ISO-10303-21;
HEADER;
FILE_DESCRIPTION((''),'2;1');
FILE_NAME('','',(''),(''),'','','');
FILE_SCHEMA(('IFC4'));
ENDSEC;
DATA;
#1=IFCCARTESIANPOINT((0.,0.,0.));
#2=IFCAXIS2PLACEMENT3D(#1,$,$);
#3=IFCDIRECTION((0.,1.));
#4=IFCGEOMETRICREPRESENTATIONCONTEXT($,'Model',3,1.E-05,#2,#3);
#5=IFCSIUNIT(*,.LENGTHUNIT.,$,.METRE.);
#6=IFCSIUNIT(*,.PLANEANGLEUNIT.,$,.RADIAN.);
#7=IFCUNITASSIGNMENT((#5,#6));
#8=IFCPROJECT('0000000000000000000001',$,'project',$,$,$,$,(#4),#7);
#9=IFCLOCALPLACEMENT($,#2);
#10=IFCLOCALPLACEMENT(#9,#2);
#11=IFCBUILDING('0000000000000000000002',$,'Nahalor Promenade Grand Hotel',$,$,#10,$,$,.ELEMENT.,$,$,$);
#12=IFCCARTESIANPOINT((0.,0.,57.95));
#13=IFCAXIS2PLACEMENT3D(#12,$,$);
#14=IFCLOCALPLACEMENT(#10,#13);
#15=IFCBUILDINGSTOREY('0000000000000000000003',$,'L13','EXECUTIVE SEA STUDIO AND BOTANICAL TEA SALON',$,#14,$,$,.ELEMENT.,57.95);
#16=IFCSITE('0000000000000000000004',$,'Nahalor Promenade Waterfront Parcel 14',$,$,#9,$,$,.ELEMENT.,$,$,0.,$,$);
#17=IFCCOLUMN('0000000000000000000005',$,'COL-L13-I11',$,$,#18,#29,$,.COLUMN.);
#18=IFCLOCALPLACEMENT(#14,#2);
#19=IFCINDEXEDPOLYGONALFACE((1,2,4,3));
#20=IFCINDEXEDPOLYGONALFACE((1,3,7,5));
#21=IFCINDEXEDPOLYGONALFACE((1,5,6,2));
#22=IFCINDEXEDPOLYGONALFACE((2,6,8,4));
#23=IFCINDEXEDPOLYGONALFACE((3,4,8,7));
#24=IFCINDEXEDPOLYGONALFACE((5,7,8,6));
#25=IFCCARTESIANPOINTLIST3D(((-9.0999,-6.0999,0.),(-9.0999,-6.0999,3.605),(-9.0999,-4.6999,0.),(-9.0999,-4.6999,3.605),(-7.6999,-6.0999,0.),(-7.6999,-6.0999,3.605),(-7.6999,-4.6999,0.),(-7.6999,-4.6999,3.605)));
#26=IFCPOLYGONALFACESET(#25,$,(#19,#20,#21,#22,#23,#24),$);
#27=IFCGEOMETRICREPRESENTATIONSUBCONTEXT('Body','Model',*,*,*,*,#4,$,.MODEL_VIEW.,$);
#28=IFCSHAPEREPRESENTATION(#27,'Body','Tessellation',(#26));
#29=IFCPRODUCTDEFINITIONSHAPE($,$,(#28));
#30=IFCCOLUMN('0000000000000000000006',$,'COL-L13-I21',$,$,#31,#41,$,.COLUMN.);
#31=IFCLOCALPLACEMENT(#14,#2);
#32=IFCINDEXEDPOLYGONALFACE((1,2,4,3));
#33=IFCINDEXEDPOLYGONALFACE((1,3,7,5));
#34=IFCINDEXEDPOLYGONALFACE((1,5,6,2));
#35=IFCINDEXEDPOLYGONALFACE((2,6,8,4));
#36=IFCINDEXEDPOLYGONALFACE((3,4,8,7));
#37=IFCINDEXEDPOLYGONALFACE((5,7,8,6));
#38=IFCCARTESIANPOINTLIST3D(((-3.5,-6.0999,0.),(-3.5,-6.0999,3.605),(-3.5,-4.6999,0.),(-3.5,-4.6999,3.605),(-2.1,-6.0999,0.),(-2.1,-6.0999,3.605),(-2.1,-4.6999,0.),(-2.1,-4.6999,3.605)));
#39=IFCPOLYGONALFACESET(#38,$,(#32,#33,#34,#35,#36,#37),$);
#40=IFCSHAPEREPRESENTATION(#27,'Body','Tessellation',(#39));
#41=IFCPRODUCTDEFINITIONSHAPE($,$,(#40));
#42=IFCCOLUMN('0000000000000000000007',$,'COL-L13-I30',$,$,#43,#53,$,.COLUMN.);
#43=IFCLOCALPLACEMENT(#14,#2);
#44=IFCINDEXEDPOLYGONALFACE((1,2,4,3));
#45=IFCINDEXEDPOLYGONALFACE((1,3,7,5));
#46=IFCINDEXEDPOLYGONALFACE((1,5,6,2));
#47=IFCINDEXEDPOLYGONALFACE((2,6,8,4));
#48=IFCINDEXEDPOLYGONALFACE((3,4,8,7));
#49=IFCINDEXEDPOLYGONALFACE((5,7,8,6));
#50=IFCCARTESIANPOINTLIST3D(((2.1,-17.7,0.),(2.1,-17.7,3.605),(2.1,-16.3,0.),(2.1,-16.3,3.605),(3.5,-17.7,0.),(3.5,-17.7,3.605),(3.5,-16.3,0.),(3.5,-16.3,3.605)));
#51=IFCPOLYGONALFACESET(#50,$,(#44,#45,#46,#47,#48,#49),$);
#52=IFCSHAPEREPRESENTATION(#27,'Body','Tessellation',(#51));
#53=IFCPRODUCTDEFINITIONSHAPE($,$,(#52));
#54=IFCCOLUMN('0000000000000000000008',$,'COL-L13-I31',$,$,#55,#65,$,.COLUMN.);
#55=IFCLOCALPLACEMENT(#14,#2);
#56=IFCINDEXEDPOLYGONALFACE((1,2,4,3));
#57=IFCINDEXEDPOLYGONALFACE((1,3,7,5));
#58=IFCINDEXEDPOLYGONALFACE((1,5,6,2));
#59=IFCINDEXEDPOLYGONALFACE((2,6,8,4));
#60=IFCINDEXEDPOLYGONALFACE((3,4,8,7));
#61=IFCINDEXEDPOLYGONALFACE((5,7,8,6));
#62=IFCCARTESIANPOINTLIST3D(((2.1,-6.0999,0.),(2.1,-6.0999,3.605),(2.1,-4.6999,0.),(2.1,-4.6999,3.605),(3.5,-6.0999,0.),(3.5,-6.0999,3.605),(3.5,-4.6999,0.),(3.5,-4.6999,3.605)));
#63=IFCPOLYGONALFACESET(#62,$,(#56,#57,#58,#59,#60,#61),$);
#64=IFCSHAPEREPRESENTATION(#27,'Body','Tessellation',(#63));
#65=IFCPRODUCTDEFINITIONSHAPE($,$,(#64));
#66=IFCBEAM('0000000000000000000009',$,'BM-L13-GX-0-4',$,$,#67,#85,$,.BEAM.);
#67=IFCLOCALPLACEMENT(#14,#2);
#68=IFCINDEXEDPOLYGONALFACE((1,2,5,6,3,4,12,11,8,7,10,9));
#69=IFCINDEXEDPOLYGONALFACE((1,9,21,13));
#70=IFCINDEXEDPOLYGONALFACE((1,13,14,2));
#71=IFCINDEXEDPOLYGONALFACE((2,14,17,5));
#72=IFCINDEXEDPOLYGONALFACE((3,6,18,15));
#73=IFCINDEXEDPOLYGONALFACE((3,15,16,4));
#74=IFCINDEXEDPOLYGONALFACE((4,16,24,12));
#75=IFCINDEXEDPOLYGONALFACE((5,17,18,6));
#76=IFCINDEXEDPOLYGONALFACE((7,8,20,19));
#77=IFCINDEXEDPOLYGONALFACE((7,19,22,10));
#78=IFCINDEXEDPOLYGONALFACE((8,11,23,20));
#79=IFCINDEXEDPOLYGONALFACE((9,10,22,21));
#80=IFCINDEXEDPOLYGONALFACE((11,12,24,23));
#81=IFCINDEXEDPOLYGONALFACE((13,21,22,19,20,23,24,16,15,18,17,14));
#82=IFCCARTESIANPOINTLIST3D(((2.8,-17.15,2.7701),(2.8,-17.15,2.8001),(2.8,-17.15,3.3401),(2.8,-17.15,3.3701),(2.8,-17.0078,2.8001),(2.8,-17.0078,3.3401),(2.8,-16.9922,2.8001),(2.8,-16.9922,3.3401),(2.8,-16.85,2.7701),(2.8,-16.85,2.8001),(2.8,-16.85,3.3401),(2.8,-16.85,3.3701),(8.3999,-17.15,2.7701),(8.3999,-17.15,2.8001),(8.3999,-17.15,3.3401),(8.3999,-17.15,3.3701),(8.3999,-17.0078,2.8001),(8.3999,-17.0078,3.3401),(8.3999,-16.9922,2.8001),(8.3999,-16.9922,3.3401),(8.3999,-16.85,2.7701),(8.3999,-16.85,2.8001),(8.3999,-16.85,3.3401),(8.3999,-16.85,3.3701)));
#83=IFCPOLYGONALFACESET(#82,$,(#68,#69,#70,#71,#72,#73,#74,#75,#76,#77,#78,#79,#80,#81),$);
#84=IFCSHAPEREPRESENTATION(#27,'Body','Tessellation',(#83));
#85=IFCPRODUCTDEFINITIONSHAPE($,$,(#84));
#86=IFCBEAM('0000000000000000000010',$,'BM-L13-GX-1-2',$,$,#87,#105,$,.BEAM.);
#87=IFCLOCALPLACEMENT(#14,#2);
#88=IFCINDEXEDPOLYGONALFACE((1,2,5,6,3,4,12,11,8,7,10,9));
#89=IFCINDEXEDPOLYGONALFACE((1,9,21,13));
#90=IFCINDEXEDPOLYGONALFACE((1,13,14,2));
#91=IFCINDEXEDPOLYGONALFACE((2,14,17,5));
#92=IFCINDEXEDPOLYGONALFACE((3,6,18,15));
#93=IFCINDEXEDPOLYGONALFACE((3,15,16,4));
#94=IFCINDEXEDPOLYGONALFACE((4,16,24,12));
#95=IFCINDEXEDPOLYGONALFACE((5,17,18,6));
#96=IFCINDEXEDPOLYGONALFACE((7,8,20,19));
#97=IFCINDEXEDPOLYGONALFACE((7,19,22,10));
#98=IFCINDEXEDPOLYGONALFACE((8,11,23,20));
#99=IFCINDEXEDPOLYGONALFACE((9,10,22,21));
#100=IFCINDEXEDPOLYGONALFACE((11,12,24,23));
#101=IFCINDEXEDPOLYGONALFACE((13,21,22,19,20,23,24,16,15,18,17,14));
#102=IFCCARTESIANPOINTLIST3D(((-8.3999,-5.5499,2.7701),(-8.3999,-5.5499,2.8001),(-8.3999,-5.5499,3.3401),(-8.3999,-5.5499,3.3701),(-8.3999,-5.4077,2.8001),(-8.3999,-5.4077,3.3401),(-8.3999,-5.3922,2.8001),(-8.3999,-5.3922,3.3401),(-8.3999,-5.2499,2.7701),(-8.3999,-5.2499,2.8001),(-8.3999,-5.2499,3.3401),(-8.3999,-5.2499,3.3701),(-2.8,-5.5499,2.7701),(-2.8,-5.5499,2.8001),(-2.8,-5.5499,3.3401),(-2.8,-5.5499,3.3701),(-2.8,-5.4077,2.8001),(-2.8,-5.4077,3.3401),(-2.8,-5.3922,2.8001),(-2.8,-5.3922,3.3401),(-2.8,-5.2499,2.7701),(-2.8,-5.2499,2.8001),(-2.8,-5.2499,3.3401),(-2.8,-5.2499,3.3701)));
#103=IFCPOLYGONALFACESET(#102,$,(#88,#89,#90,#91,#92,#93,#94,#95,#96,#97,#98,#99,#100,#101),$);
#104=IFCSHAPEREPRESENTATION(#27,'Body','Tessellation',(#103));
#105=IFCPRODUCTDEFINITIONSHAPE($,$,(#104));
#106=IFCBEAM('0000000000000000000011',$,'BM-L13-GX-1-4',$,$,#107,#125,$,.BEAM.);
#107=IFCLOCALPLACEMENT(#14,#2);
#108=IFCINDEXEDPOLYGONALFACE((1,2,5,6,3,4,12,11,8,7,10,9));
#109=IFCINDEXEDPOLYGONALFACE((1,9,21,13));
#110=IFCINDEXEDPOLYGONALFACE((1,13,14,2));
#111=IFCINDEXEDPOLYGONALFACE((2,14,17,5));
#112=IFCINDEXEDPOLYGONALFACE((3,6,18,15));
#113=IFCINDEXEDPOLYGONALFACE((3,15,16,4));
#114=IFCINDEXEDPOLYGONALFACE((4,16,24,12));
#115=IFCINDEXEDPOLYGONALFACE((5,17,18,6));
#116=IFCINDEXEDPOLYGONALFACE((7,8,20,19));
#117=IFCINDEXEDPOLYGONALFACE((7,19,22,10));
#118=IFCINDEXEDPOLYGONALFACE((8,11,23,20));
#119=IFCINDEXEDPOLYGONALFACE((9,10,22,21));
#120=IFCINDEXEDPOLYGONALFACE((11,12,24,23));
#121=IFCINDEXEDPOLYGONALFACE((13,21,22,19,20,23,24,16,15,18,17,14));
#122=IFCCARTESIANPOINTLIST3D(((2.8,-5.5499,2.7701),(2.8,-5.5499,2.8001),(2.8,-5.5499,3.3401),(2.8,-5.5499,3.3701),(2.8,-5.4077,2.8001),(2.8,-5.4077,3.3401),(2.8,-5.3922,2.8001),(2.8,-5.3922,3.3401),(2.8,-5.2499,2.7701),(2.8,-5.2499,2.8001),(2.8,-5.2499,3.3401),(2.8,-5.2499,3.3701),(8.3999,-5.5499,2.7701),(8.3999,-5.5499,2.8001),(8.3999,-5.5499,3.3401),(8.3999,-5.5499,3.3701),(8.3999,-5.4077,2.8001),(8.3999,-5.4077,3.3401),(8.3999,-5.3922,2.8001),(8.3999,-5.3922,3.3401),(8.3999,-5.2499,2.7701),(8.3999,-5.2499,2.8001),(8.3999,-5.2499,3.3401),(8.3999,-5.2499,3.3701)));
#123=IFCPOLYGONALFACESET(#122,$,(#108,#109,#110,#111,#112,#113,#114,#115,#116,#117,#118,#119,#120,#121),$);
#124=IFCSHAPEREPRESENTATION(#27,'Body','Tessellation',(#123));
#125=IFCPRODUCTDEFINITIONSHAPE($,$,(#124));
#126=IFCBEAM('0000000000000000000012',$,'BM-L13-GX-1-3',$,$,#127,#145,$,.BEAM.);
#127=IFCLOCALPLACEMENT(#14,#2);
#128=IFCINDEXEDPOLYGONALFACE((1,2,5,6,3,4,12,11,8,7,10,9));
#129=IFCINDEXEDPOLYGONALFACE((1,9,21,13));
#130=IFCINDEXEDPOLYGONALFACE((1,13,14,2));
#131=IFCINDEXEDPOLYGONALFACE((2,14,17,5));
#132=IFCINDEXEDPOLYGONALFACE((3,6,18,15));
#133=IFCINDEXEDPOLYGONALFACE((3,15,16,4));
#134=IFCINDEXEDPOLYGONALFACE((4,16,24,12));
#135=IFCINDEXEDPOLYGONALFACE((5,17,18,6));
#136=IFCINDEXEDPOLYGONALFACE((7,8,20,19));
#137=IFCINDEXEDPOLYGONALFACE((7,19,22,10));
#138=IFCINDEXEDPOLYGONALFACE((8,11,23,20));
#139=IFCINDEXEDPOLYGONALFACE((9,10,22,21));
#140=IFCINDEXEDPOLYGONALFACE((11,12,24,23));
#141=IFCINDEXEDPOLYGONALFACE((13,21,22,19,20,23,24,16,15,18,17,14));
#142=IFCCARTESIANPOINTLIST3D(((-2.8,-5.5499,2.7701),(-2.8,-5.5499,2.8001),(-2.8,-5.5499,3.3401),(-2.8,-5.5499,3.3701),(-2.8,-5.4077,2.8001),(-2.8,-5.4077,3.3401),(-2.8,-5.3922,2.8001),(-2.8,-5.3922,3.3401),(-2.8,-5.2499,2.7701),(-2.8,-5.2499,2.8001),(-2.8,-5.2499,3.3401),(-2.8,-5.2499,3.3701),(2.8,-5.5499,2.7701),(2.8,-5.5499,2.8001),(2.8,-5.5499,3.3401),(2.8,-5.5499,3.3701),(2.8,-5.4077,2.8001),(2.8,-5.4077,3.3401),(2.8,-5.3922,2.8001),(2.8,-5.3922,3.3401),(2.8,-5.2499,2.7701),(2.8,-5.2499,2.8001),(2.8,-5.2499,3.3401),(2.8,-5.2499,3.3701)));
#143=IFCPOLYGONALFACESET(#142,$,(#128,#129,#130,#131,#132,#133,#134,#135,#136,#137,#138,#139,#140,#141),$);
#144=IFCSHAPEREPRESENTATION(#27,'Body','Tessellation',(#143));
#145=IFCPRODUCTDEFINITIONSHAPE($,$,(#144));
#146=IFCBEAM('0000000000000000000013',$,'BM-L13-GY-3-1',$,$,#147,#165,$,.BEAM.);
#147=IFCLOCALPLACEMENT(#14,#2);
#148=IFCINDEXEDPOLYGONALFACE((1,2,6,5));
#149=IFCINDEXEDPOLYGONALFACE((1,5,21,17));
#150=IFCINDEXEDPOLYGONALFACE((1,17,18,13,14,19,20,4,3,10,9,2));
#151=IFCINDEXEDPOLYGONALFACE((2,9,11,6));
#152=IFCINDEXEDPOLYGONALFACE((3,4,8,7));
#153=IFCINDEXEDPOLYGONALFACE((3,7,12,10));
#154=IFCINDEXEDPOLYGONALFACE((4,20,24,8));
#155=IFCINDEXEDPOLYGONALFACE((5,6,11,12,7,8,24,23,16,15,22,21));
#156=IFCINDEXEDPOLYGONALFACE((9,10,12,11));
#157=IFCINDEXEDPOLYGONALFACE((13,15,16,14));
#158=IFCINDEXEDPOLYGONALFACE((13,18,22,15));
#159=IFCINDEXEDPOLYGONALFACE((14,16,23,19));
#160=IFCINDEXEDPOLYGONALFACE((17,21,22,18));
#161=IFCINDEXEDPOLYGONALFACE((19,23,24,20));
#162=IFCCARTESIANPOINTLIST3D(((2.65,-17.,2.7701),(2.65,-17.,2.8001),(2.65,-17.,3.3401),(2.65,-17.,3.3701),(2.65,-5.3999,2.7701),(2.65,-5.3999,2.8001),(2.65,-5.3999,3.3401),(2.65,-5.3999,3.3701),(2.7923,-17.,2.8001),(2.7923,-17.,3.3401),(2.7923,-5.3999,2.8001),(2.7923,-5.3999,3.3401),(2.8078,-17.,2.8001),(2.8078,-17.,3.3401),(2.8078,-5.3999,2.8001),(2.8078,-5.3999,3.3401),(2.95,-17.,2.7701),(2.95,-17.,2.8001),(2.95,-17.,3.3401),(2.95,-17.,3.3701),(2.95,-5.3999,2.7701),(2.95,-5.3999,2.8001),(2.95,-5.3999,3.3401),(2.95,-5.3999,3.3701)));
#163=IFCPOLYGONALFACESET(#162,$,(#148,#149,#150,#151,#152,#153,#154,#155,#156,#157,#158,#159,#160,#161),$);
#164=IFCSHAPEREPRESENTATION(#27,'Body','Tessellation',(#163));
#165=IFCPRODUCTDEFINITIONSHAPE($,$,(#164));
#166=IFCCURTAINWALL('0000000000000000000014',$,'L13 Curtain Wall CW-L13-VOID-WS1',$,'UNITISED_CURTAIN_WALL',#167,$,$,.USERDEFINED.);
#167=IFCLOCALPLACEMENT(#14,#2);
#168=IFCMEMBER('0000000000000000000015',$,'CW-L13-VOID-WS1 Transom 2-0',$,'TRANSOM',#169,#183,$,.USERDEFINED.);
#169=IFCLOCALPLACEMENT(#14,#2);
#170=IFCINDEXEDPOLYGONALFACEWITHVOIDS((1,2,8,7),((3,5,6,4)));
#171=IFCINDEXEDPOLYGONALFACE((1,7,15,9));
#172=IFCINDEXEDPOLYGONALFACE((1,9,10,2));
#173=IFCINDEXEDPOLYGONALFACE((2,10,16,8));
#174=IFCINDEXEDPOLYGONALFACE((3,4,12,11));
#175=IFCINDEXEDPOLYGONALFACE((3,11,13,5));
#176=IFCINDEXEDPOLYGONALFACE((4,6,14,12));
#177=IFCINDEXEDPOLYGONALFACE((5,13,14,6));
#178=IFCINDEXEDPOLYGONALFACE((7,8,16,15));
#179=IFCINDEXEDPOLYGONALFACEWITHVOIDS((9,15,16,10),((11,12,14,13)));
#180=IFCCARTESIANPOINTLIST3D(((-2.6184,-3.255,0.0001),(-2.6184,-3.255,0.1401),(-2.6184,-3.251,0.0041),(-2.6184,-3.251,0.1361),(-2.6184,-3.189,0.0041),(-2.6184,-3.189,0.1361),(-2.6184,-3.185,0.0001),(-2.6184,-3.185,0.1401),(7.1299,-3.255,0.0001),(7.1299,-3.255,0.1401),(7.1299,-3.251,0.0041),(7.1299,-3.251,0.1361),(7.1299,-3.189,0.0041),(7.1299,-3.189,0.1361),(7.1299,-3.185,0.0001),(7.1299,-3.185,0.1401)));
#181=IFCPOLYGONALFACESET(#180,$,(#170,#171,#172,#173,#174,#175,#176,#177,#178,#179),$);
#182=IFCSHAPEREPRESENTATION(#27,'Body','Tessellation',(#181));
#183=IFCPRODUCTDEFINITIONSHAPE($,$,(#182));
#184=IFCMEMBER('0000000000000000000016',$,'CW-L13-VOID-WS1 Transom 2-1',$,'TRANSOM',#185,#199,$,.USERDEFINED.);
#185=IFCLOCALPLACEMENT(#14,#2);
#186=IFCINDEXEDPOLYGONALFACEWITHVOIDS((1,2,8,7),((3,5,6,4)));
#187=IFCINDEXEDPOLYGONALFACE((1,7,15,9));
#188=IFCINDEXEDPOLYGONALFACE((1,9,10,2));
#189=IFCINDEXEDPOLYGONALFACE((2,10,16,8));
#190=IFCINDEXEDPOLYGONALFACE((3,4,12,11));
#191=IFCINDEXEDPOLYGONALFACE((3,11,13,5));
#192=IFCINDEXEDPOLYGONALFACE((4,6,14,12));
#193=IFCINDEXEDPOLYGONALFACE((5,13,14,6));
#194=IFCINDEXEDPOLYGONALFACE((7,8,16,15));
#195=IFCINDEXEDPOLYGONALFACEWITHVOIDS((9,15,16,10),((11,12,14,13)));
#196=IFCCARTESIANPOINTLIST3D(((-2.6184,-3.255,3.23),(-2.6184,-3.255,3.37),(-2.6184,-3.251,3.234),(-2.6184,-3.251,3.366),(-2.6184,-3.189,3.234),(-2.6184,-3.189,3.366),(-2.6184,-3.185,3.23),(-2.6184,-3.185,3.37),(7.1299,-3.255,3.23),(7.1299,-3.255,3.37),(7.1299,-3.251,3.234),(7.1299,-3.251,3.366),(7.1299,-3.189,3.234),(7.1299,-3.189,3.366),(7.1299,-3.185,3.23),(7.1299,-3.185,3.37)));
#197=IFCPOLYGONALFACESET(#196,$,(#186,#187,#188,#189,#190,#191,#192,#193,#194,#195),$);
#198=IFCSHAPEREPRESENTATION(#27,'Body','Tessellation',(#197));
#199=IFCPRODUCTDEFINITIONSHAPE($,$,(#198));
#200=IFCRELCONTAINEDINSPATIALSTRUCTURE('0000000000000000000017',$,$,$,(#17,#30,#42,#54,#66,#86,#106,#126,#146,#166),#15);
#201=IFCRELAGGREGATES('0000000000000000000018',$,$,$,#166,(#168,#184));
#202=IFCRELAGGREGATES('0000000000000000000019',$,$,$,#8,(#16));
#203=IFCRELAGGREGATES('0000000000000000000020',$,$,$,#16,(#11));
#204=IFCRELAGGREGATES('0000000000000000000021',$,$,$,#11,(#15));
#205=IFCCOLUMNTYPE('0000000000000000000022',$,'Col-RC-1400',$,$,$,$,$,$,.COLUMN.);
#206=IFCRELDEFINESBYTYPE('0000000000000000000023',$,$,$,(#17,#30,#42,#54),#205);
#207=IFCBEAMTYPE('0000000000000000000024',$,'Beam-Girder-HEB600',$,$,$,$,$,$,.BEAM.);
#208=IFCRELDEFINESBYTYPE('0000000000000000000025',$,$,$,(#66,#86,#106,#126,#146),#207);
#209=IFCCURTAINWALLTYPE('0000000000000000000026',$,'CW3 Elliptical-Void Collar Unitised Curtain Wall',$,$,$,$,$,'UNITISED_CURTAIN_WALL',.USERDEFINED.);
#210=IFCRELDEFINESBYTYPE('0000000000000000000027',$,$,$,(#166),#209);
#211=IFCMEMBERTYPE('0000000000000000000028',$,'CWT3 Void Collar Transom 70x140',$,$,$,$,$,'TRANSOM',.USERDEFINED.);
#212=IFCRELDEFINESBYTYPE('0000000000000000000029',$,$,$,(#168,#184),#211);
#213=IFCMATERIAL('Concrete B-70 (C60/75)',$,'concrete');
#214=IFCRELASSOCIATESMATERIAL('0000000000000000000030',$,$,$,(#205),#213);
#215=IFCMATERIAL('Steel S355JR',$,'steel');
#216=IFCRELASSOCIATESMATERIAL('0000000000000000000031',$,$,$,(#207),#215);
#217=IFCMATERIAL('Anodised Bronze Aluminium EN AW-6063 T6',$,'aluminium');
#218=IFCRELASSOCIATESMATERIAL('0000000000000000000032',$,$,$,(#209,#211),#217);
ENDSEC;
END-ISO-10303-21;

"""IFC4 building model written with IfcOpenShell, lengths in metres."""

from ifc_helpers import new_model, si_unit, direction, frame, origin, origin_2d, place, context, subcontext, project, spatial, rectangle, hollow_rectangle, i_section, extrude, source, transform, mapped, material, material_profile, profile_set, type_object, element, aggregate, save


model = new_model("IFC4")

# Units and contexts
model_context = context("Model", 3, precision=1e-05, world=origin(), true_north=direction((0.0, 1.0)))
body_context = subcontext(model_context, "Body", "Model", "MODEL_VIEW")
ifc_project = project(units=[si_unit("LENGTHUNIT", "METRE"), si_unit("PLANEANGLEUNIT", "RADIAN")], contexts=[model_context])

# Site, building, storey
site_placement = place(None, origin())
site = spatial("IfcSite", under=ifc_project, at=site_placement, Name="Nahalor Promenade Waterfront Parcel 14", CompositionType="ELEMENT", RefElevation=0.0)
building_placement = place(site_placement, origin())
building = spatial("IfcBuilding", under=site, at=building_placement, Name="Nahalor Promenade Grand Hotel", CompositionType="ELEMENT")
storey_placement = place(building_placement, frame((0.0, 0.0, 57.95)))
storey = spatial("IfcBuildingStorey", under=building, at=storey_placement, Name="L13", Description="EXECUTIVE SEA STUDIO AND BOTANICAL TEA SALON", CompositionType="ELEMENT", Elevation=57.95)

# Columns
ifc_material_1 = material(Name="Concrete B-70 (C60/75)", Category="concrete")
ifc_material_profile_1 = material_profile(ifc_material_1, rectangle(XDim=1.4, YDim=1.4, at=origin_2d()), Name="RC 1400x1400")
ifc_profile_set_1 = profile_set([ifc_material_profile_1], Name="Concrete B-70 (C60/75)")
column_type = type_object("IfcColumnType", Name="Col-RC-1400", PredefinedType="COLUMN", material=ifc_profile_set_1)
shared_shape_1 = source(origin(), body_context, "Body", "SweptSolid", [
    extrude(rectangle(XDim=1.4, YDim=1.4, at=origin_2d()), origin(), (0.0, 0.0, 1.0), 3.605),
])
for number, where, z_axis, x_axis, name in (
    (1, (-8.3999, -5.3999, 0.0), (0.0, 0.0, 1.0), (1.0, 0.0, 0.0), "COL-L13-I11"),
    (2, (-2.8, -5.3999, 0.0), (0.0, 0.0, 1.0), (1.0, 0.0, 0.0), "COL-L13-I21"),
    (3, (2.8, -17.0, 0.0), (0.0, 0.0, 1.0), (1.0, 0.0, 0.0), "COL-L13-I30"),
    (4, (2.8, -5.3999, 0.0), (0.0, 0.0, 1.0), (1.0, 0.0, 0.0), "COL-L13-I31"),
):
    element("IfcColumn", number, at=place(storey_placement, frame(where, z_axis=z_axis, x_axis=x_axis)), inside=storey, type_object=column_type, Name=name, PredefinedType="COLUMN", context=body_context, shape_type="MappedRepresentation", body=[
        mapped(shared_shape_1, transform((0.0, 0.0, 0.0), scale=1.0)),
    ])

# Beams
ifc_material_2 = material(Name="Steel S355JR", Category="steel")
ifc_material_profile_2 = material_profile(ifc_material_2, i_section(OverallWidth=0.3, OverallDepth=0.6, WebThickness=0.0155, FlangeThickness=0.03, at=origin_2d()), Name="HEB 600")
ifc_profile_set_2 = profile_set([ifc_material_profile_2], Name="Steel S355JR")
beam_type = type_object("IfcBeamType", Name="Beam-Girder-HEB600", PredefinedType="BEAM", material=ifc_profile_set_2)
shared_shape_2 = source(origin(), body_context, "Body", "SweptSolid", [
    extrude(i_section(OverallWidth=0.3, OverallDepth=0.6, WebThickness=0.0155, FlangeThickness=0.03, at=origin_2d()), origin(), (0.0, 0.0, 1.0), 5.5999),
])
for number, where, z_axis, x_axis, name in (
    (5, (2.8, -17.0, 3.0701), (1.0, 0.0, 0.0), (0.0, 1.0, 0.0), "BM-L13-GX-0-4"),
    (6, (-8.3999, -5.3999, 3.0701), (1.0, 0.0, 0.0), (0.0, 1.0, 0.0), "BM-L13-GX-1-2"),
    (7, (2.8, -5.3999, 3.0701), (1.0, 0.0, 0.0), (0.0, 1.0, 0.0), "BM-L13-GX-1-4"),
):
    element("IfcBeam", number, at=place(storey_placement, frame(where, z_axis=z_axis, x_axis=x_axis)), inside=storey, type_object=beam_type, Name=name, PredefinedType="BEAM", context=body_context, shape_type="MappedRepresentation", body=[
        mapped(shared_shape_2, transform((0.0, 0.0, 0.0), scale=1.0)),
    ])
shared_shape_3 = source(origin(), body_context, "Body", "SweptSolid", [
    extrude(i_section(OverallWidth=0.3, OverallDepth=0.6, WebThickness=0.0155, FlangeThickness=0.03, at=origin_2d()), origin(), (0.0, 0.0, 1.0), 5.6001),
])
beam_1_placement = place(storey_placement, frame((-2.8, -5.3999, 3.0701), z_axis=(1.0, 0.0, 0.0), x_axis=(0.0, 1.0, 0.0)))
element("IfcBeam", 8, at=beam_1_placement, inside=storey, type_object=beam_type, Name="BM-L13-GX-1-3", PredefinedType="BEAM", context=body_context, shape_type="MappedRepresentation", body=[
    mapped(shared_shape_3, transform((0.0, 0.0, 0.0), scale=1.0)),
])
shared_shape_4 = source(origin(), body_context, "Body", "SweptSolid", [
    extrude(i_section(OverallWidth=0.3, OverallDepth=0.6, WebThickness=0.0155, FlangeThickness=0.03, at=origin_2d()), origin(), (0.0, 0.0, 1.0), 11.6001),
])
beam_2_placement = place(storey_placement, frame((2.8, -17.0, 3.0701), z_axis=(0.0, 1.0, 0.0), x_axis=(-1.0, 0.0, 0.0)))
element("IfcBeam", 9, at=beam_2_placement, inside=storey, type_object=beam_type, Name="BM-L13-GY-3-1", PredefinedType="BEAM", context=body_context, shape_type="MappedRepresentation", body=[
    mapped(shared_shape_4, transform((0.0, 0.0, 0.0), scale=1.0)),
])

# Curtain wall, members
ifc_material_3 = material(Name="Anodised Bronze Aluminium EN AW-6063 T6", Category="aluminium")
curtain_wall_type = type_object("IfcCurtainWallType", Name="CW3 Elliptical-Void Collar Unitised Curtain Wall", ElementType="UNITISED_CURTAIN_WALL", PredefinedType="USERDEFINED", material=ifc_material_3)
curtain_wall_placement = place(storey_placement, origin())
curtain_wall = element("IfcCurtainWall", 10, at=curtain_wall_placement, inside=storey, type_object=curtain_wall_type, Name="L13 Curtain Wall CW-L13-VOID-WS1", ObjectType="UNITISED_CURTAIN_WALL", PredefinedType="USERDEFINED")
ifc_material_profile_3 = material_profile(ifc_material_3, hollow_rectangle(XDim=0.07, YDim=0.14, WallThickness=0.004, at=origin_2d()), Name="CWT 70x140x4")
ifc_profile_set_3 = profile_set([ifc_material_profile_3], Name="Anodised Bronze Aluminium EN AW-6063 T6")
member_type_1 = type_object("IfcMemberType", Name="CWT3 Void Collar Transom 70x140", ElementType="TRANSOM", PredefinedType="USERDEFINED", material=ifc_profile_set_3)
shared_shape_5 = source(origin(), body_context, "Body", "SweptSolid", [
    extrude(hollow_rectangle(XDim=0.07, YDim=0.14, WallThickness=0.004, at=origin_2d()), origin(), (0.0, 0.0, 1.0), 9.7483),
])
member_1_placement = place(storey_placement, frame((-2.6184, -3.22, 0.0701), z_axis=(1.0, 0.0, 0.0), x_axis=(0.0, 1.0, 0.0)))
member_1 = element("IfcMember", 11, at=member_1_placement, type_object=member_type_1, Name="CW-L13-VOID-WS1 Transom 2-0", ObjectType="TRANSOM", PredefinedType="USERDEFINED", context=body_context, shape_type="MappedRepresentation", body=[
    mapped(shared_shape_5, transform((0.0, 0.0, 0.0), scale=1.0)),
])
member_2_placement = place(storey_placement, frame((-2.6184, -3.22, 3.3), z_axis=(1.0, 0.0, 0.0), x_axis=(0.0, 1.0, 0.0)))
member_2 = element("IfcMember", 12, at=member_2_placement, type_object=member_type_1, Name="CW-L13-VOID-WS1 Transom 2-1", ObjectType="TRANSOM", PredefinedType="USERDEFINED", context=body_context, shape_type="MappedRepresentation", body=[
    mapped(shared_shape_5, transform((0.0, 0.0, 0.0), scale=1.0)),
])
aggregate(curtain_wall, [member_1, member_2])

save(model, "model.ifc")
